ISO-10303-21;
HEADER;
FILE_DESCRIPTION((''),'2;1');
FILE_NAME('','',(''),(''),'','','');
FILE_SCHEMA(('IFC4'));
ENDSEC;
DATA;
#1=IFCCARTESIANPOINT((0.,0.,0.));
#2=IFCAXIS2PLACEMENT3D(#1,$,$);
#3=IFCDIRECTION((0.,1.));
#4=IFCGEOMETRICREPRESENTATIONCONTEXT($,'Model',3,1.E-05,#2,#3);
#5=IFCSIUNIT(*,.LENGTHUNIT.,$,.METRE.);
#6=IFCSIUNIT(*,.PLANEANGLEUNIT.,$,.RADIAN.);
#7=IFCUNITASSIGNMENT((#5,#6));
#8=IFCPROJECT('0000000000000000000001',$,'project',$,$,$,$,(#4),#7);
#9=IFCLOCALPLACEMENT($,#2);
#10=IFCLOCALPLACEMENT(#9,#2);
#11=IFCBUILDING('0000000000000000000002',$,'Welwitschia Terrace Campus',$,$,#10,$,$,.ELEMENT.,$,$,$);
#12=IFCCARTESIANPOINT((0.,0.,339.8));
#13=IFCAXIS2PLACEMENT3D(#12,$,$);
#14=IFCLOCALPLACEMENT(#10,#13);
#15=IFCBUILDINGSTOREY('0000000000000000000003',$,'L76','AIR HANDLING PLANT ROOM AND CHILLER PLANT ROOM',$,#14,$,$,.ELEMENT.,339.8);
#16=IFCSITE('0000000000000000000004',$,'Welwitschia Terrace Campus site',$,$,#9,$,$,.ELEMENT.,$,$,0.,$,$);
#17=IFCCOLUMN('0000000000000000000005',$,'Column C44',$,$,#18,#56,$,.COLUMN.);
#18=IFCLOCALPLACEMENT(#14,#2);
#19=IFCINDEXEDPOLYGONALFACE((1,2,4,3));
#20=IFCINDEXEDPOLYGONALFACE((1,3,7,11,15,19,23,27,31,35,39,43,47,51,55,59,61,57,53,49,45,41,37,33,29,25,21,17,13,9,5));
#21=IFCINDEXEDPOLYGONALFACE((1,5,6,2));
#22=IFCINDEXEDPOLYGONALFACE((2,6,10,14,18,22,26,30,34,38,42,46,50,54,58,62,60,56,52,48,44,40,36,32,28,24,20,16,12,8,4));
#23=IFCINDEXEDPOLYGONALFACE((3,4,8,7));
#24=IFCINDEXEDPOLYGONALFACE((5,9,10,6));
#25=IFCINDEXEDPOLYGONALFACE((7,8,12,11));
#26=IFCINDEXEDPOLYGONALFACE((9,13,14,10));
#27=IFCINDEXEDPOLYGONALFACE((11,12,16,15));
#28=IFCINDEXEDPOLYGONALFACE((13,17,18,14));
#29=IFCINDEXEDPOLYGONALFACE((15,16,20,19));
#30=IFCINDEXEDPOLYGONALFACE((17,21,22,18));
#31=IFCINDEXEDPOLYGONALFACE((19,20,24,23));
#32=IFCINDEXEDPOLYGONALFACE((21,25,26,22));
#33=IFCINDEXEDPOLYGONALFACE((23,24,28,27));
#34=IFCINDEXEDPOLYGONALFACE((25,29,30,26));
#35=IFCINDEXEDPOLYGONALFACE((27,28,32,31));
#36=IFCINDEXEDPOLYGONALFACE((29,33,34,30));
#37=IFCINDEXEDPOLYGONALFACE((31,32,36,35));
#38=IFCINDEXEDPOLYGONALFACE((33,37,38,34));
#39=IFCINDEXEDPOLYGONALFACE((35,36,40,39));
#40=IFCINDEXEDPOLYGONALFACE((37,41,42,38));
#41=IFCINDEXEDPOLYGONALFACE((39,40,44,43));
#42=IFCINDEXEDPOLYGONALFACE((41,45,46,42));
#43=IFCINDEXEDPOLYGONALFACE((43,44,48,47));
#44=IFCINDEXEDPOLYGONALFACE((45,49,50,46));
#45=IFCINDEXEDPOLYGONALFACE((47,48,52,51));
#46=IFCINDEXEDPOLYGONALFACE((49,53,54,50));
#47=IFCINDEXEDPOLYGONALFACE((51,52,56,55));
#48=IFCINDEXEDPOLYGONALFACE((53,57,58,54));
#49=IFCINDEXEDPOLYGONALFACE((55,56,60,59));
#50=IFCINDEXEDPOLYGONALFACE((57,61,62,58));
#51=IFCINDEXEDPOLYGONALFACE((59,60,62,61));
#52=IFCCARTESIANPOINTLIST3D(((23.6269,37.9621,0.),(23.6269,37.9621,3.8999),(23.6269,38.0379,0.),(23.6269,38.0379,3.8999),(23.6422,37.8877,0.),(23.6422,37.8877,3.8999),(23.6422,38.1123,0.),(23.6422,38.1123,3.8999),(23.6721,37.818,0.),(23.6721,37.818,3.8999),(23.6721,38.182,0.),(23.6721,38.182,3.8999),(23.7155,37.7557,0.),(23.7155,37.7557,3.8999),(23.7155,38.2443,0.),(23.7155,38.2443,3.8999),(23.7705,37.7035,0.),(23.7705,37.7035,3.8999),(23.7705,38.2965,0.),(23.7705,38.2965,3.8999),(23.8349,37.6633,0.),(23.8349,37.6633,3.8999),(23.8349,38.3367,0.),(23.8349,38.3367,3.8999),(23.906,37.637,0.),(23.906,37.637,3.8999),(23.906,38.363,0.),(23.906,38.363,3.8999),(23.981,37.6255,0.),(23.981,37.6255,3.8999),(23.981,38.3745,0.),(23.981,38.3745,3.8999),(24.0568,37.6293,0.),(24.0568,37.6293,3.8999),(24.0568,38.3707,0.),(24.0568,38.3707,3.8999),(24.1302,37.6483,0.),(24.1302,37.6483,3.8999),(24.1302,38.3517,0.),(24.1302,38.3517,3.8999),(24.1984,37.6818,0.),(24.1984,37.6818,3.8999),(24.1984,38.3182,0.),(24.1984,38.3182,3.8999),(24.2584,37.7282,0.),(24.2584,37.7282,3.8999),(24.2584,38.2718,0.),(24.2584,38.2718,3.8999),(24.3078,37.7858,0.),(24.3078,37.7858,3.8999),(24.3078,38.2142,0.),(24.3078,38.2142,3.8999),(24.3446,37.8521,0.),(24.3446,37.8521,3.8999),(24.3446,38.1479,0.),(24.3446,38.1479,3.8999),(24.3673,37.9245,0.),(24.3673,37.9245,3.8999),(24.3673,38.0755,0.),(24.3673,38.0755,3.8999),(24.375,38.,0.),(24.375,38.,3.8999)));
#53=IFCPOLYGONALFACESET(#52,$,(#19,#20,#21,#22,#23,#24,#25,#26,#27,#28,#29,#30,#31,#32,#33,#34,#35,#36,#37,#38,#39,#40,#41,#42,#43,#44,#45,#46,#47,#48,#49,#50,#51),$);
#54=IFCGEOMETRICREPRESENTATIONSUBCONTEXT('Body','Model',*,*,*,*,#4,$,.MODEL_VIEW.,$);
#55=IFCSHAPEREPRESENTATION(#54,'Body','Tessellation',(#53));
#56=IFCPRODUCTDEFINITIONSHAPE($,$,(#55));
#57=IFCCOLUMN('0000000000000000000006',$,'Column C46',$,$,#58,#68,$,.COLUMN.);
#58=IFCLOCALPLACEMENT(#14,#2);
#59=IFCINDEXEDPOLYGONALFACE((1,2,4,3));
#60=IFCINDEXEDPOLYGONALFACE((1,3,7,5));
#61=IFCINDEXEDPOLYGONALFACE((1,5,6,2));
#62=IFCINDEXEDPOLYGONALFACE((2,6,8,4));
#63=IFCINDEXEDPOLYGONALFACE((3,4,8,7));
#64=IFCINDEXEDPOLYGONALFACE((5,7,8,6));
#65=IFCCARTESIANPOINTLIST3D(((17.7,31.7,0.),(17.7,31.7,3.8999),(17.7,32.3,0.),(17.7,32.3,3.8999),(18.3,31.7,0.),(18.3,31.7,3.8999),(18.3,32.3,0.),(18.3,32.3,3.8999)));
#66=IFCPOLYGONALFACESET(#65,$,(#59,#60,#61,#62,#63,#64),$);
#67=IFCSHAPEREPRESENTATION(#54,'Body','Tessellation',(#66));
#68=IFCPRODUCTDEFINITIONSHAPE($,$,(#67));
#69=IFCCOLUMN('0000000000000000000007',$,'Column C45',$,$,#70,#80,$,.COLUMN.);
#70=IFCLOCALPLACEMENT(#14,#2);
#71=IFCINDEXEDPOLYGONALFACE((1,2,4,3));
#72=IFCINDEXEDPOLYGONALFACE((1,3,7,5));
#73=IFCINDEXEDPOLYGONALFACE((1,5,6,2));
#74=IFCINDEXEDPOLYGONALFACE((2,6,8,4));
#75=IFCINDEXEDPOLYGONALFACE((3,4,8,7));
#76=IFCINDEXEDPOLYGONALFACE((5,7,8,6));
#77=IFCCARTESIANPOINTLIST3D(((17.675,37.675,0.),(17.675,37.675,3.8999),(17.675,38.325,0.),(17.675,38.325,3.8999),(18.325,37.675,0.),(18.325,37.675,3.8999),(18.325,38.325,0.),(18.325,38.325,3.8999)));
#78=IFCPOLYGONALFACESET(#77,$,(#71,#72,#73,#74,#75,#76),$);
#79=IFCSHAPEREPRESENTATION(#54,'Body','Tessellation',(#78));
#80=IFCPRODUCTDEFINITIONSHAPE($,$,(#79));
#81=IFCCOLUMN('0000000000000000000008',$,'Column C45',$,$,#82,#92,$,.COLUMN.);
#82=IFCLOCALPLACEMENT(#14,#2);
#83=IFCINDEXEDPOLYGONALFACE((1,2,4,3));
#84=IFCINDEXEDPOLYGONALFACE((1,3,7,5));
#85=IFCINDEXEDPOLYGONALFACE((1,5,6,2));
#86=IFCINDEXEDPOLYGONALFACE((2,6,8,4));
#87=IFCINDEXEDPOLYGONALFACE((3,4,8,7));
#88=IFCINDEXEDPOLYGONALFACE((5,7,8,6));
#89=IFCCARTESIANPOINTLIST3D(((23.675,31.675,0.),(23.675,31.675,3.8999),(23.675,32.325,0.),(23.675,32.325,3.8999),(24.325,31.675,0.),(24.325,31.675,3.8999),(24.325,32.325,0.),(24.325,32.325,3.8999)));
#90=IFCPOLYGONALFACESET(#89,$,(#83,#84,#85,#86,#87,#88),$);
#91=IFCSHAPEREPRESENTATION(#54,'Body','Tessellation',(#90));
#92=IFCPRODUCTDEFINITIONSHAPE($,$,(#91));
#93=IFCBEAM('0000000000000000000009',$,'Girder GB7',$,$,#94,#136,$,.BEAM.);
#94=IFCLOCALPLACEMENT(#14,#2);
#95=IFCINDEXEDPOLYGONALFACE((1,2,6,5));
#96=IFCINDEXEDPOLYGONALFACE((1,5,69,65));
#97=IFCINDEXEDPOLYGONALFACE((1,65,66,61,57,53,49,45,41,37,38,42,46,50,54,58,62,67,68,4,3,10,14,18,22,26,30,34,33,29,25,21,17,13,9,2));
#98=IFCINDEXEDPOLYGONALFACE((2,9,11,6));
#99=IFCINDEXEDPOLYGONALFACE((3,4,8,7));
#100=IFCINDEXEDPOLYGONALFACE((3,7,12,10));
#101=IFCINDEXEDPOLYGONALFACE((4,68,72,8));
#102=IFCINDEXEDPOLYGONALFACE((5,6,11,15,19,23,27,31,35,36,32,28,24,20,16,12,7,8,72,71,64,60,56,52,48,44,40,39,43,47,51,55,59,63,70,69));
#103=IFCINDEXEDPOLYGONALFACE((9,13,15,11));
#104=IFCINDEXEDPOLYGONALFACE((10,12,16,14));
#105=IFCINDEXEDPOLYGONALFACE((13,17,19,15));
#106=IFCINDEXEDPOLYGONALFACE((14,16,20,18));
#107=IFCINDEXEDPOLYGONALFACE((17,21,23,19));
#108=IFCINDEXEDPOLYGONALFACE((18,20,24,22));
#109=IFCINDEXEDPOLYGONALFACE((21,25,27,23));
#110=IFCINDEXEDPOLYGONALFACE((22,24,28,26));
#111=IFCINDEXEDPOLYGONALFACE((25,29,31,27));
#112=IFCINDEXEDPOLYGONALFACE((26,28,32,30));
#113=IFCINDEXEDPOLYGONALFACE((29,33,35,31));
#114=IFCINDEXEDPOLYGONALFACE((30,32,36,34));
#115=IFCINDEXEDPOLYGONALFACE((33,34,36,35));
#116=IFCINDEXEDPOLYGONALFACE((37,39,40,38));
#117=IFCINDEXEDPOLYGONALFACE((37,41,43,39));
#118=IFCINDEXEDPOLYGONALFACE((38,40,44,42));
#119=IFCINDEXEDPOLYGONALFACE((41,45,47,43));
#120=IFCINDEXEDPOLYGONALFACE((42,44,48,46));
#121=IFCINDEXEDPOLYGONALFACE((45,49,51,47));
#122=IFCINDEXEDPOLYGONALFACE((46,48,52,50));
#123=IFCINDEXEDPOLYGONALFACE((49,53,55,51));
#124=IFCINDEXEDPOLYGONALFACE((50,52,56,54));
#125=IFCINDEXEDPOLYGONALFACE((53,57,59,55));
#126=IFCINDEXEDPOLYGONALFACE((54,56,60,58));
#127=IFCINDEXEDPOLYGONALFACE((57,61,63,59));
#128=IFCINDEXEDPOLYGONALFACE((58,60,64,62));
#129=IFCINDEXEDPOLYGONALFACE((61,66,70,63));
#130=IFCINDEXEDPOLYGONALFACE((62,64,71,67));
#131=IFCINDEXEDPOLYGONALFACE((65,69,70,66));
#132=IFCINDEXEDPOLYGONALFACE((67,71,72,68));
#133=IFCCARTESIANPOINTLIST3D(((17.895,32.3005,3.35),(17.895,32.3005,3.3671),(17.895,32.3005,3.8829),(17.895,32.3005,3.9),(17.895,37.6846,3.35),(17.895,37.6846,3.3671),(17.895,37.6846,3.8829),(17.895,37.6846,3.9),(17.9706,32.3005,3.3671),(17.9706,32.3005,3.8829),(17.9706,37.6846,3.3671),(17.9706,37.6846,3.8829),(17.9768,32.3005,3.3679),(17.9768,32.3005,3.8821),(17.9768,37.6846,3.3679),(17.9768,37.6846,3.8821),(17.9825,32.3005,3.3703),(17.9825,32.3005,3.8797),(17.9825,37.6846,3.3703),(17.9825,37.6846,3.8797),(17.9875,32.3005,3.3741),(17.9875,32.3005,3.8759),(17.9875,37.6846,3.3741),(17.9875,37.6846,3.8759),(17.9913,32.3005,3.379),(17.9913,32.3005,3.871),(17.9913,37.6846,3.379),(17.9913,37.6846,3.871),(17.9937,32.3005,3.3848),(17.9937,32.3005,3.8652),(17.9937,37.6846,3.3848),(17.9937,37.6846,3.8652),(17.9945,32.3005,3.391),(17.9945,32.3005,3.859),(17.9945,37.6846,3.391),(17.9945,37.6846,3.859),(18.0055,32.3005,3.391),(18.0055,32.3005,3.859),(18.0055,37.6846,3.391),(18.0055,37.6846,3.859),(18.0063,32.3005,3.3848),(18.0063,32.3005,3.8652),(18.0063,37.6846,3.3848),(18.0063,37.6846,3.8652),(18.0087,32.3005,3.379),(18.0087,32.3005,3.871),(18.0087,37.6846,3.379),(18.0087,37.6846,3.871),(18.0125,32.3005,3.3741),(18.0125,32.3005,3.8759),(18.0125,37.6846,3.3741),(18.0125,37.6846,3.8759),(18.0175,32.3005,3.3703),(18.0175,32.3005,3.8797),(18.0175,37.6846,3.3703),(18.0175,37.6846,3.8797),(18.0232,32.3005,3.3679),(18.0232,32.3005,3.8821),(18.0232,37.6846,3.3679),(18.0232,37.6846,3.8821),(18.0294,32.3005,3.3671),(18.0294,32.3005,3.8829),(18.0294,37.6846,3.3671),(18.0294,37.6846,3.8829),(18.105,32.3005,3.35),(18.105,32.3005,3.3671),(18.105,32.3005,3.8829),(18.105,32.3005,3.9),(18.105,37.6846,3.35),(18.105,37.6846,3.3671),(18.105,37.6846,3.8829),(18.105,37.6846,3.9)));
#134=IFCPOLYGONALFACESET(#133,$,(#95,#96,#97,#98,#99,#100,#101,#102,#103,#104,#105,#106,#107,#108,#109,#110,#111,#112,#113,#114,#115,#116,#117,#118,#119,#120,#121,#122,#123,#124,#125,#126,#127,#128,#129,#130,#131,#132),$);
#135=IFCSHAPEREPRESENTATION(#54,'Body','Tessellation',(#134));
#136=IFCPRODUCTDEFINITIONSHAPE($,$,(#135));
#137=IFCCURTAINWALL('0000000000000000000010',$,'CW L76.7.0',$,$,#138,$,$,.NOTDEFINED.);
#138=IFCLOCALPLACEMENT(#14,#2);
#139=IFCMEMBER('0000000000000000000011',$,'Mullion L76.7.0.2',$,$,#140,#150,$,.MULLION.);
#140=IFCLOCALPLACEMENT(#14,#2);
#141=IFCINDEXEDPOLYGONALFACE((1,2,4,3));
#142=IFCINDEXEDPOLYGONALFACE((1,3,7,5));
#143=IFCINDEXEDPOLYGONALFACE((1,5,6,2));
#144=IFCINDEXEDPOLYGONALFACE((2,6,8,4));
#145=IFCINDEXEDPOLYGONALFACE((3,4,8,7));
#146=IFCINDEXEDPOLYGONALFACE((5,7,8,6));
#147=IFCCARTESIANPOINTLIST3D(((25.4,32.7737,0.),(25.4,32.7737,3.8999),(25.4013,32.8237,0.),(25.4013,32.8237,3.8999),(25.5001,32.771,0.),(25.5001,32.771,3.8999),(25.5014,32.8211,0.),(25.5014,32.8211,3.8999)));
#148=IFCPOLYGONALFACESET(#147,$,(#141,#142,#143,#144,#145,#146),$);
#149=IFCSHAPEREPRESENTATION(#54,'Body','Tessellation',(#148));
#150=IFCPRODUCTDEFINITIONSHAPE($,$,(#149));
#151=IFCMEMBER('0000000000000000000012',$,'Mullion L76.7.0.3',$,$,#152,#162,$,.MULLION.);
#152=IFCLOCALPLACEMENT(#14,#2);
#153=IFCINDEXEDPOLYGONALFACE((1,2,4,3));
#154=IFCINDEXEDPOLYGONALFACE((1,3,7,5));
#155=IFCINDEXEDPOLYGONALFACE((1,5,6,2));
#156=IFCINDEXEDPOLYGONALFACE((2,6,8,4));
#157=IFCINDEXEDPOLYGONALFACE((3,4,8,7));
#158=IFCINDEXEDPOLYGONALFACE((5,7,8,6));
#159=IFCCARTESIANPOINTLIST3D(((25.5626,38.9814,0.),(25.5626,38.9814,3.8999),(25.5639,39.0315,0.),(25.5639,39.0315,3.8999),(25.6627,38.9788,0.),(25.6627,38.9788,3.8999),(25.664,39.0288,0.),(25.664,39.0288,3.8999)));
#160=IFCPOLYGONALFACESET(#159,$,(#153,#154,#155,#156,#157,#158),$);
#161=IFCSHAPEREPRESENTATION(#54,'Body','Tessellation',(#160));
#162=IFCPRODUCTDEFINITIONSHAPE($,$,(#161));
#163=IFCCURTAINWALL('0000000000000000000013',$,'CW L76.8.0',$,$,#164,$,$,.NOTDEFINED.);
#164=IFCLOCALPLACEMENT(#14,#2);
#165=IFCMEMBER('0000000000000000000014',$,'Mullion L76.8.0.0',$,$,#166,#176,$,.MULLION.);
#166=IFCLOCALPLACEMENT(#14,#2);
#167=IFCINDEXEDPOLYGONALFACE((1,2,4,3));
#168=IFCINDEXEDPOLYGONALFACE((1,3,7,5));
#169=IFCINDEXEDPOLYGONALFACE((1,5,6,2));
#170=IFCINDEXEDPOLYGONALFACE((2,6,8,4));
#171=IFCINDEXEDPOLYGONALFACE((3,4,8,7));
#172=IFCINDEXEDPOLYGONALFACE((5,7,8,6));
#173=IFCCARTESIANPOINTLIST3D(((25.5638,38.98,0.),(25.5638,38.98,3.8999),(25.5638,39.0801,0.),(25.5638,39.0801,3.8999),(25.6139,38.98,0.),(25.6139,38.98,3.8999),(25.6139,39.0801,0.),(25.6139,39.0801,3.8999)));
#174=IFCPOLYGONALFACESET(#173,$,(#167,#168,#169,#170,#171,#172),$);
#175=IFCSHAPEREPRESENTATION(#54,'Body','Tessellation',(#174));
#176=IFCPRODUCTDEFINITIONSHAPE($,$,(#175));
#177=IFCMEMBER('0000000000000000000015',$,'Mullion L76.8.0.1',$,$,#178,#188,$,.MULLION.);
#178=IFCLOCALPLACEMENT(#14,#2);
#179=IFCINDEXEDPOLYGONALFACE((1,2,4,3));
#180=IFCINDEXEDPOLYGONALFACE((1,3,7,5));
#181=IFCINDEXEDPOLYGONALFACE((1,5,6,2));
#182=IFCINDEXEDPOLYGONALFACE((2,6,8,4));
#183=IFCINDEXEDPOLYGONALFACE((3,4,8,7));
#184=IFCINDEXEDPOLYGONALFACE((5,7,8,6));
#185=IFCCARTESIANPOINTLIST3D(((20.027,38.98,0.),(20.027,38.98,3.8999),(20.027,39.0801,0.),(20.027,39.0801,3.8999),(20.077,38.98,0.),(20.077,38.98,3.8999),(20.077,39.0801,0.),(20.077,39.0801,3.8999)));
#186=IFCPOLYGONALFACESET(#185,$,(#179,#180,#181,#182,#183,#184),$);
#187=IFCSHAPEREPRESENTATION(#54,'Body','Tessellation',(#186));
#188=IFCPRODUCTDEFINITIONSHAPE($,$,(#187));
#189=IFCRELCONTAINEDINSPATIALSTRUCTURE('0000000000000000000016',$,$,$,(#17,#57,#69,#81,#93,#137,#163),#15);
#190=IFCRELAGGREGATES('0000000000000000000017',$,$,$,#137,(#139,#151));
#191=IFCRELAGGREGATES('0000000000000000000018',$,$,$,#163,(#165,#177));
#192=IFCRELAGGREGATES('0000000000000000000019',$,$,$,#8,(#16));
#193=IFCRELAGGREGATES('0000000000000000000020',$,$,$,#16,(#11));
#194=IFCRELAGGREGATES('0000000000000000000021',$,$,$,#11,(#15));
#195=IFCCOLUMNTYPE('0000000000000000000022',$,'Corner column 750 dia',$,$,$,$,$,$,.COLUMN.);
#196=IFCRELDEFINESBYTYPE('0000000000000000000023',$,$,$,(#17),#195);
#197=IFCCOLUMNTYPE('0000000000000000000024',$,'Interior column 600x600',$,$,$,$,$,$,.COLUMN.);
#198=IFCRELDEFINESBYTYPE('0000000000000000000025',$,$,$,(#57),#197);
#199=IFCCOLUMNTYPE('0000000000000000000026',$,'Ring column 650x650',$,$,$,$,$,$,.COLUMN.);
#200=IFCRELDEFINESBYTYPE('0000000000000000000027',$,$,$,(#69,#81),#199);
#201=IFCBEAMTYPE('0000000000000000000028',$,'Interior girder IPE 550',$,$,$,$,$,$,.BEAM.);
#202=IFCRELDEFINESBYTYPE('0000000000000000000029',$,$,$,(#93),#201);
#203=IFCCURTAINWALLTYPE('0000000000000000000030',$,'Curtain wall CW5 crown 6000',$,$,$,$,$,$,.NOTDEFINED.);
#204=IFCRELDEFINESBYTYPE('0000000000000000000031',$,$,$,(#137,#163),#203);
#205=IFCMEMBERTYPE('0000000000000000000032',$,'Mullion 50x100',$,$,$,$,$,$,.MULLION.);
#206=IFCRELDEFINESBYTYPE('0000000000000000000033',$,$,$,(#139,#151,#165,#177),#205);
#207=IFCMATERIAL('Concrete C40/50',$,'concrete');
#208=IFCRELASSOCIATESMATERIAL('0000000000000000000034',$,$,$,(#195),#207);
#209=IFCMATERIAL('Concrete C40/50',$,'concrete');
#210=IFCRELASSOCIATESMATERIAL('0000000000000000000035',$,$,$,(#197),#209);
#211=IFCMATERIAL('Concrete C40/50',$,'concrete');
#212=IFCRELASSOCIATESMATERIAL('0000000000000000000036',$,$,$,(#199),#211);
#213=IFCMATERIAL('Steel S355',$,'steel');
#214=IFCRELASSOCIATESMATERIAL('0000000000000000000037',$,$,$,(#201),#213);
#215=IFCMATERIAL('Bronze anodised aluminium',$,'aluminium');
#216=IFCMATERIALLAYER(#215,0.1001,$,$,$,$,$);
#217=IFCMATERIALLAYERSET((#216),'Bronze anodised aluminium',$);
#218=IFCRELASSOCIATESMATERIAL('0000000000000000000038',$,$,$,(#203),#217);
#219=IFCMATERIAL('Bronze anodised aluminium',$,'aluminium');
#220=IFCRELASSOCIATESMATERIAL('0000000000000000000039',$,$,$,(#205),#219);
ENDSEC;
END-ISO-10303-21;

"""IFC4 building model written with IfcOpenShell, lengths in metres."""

from ifc_helpers import new_model, si_unit, direction, frame, origin, origin_2d, place, context, subcontext, project, spatial, rectangle, circle, i_section, extrude, material, layer, layer_set, material_profile, profile_set, type_object, element, aggregate, save


model = new_model("IFC4")

# Units and contexts
model_context = context("Model", 3, precision=1e-05, world=origin(), true_north=direction((0.0, 1.0)))
body_context = subcontext(model_context, "Body", "Model", "MODEL_VIEW")
ifc_project = project(units=[si_unit("LENGTHUNIT", "METRE"), si_unit("PLANEANGLEUNIT", "RADIAN")], contexts=[model_context])

# Site, building, storey
site_placement = place(None, origin())
site = spatial("IfcSite", under=ifc_project, at=site_placement, Name="Welwitschia Terrace Campus site", CompositionType="ELEMENT", RefElevation=0.0)
building_placement = place(site_placement, origin())
building = spatial("IfcBuilding", under=site, at=building_placement, Name="Welwitschia Terrace Campus", CompositionType="ELEMENT")
storey_placement = place(building_placement, frame((0.0, 0.0, 339.8)))
storey = spatial("IfcBuildingStorey", under=building, at=storey_placement, Name="L76", Description="AIR HANDLING PLANT ROOM AND CHILLER PLANT ROOM", CompositionType="ELEMENT", Elevation=339.8)

# Columns
ifc_material_1 = material(Name="Concrete C40/50", Category="concrete")
ifc_material_profile_1 = material_profile(ifc_material_1, circle(Radius=0.375, at=origin_2d()))
ifc_profile_set_1 = profile_set([ifc_material_profile_1], Name="Concrete C40/50")
column_type_1 = type_object("IfcColumnType", Name="Corner column 750 dia", PredefinedType="COLUMN", material=ifc_profile_set_1)
column_1_placement = place(storey_placement, frame((24.0, 38.0, 0.0), z_axis=(0.0, 0.0, 1.0), x_axis=(1.0, 0.0, 0.0)))
element("IfcColumn", 1, at=column_1_placement, inside=storey, type_object=column_type_1, Name="Column C44", PredefinedType="COLUMN", context=body_context, shape_type="SweptSolid", body=[
    extrude(circle(Radius=0.375, at=origin_2d()), origin(), (0.0, 0.0, 1.0), 3.8999),
])
ifc_material_2 = material(Name="Concrete C40/50", Category="concrete")
ifc_material_profile_2 = material_profile(ifc_material_2, rectangle(XDim=0.6001, YDim=0.6001, at=origin_2d()))
ifc_profile_set_2 = profile_set([ifc_material_profile_2], Name="Concrete C40/50")
column_type_2 = type_object("IfcColumnType", Name="Interior column 600x600", PredefinedType="COLUMN", material=ifc_profile_set_2)
column_2_placement = place(storey_placement, frame((18.0, 32.0, 0.0), z_axis=(0.0, 0.0, 1.0), x_axis=(1.0, 0.0, 0.0)))
element("IfcColumn", 2, at=column_2_placement, inside=storey, type_object=column_type_2, Name="Column C46", PredefinedType="COLUMN", context=body_context, shape_type="SweptSolid", body=[
    extrude(rectangle(XDim=0.6001, YDim=0.6001, at=origin_2d()), origin(), (0.0, 0.0, 1.0), 3.8999),
])
ifc_material_3 = material(Name="Concrete C40/50", Category="concrete")
ifc_material_profile_3 = material_profile(ifc_material_3, rectangle(XDim=0.6499, YDim=0.6499, at=origin_2d()))
ifc_profile_set_3 = profile_set([ifc_material_profile_3], Name="Concrete C40/50")
column_type_3 = type_object("IfcColumnType", Name="Ring column 650x650", PredefinedType="COLUMN", material=ifc_profile_set_3)
for number, where, z_axis, x_axis, name in (
    (3, (18.0, 38.0, 0.0), (0.0, 0.0, 1.0), (1.0, 0.0, 0.0), "Column C45"),
    (4, (24.0, 32.0, 0.0), (0.0, 0.0, 1.0), (1.0, 0.0, 0.0), "Column C45"),
):
    element("IfcColumn", number, at=place(storey_placement, frame(where, z_axis=z_axis, x_axis=x_axis)), inside=storey, type_object=column_type_3, Name=name, PredefinedType="COLUMN", context=body_context, shape_type="SweptSolid", body=[
        extrude(rectangle(XDim=0.6499, YDim=0.6499, at=origin_2d()), origin(), (0.0, 0.0, 1.0), 3.8999),
    ])

# Beam
ifc_material_4 = material(Name="Steel S355", Category="steel")
ifc_material_profile_4 = material_profile(ifc_material_4, i_section(OverallWidth=0.21, OverallDepth=0.55, WebThickness=0.011, FlangeThickness=0.0171, FilletRadius=0.0239, at=origin_2d()))
ifc_profile_set_4 = profile_set([ifc_material_profile_4], Name="Steel S355")
beam_type_1 = type_object("IfcBeamType", Name="Interior girder IPE 550", PredefinedType="BEAM", material=ifc_profile_set_4)
beam_1_placement = place(storey_placement, frame((18.0, 32.3005, 3.625), z_axis=(0.0, 1.0, 0.0), x_axis=(-1.0, 0.0, 0.0)))
element("IfcBeam", 5, at=beam_1_placement, inside=storey, type_object=beam_type_1, Name="Girder GB7", PredefinedType="BEAM", context=body_context, shape_type="SweptSolid", body=[
    extrude(i_section(OverallWidth=0.21, OverallDepth=0.55, WebThickness=0.011, FlangeThickness=0.0171, FilletRadius=0.0239, at=origin_2d()), origin(), (0.0, 0.0, 1.0), 5.384),
])

# Curtain walls, members
ifc_material_5 = material(Name="Bronze anodised aluminium", Category="aluminium")
ifc_layer_1 = layer(ifc_material_5, 0.1001)
ifc_layer_set_1 = layer_set([ifc_layer_1], Name="Bronze anodised aluminium")
curtain_wall_type = type_object("IfcCurtainWallType", Name="Curtain wall CW5 crown 6000", PredefinedType="NOTDEFINED", material=ifc_layer_set_1)
curtain_wall_1_placement = place(storey_placement, origin())
curtain_wall_1 = element("IfcCurtainWall", 6, at=curtain_wall_1_placement, inside=storey, type_object=curtain_wall_type, Name="CW L76.7.0", PredefinedType="NOTDEFINED")
ifc_material_6 = material(Name="Bronze anodised aluminium", Category="aluminium")
ifc_material_profile_5 = material_profile(ifc_material_6, rectangle(XDim=0.1001, YDim=0.05, at=origin_2d()))
ifc_profile_set_5 = profile_set([ifc_material_profile_5], Name="Bronze anodised aluminium")
member_type_1 = type_object("IfcMemberType", Name="Mullion 50x100", PredefinedType="MULLION", material=ifc_profile_set_5)
member_1_placement = place(storey_placement, frame((25.4507, 32.7974, 0.0), z_axis=(0.0, 0.0, 1.0), x_axis=(-0.999657, 0.026177, 0.0)))
member_1 = element("IfcMember", 7, at=member_1_placement, type_object=member_type_1, Name="Mullion L76.7.0.2", PredefinedType="MULLION", context=body_context, shape_type="SweptSolid", body=[
    extrude(rectangle(XDim=0.1001, YDim=0.05, at=origin_2d()), origin(), (0.0, 0.0, 1.0), 3.8999),
])
member_2_placement = place(storey_placement, frame((25.6133, 39.0051, 0.0), z_axis=(0.0, 0.0, 1.0), x_axis=(-0.999657, 0.026177, 0.0)))
member_2 = element("IfcMember", 8, at=member_2_placement, type_object=member_type_1, Name="Mullion L76.7.0.3", PredefinedType="MULLION", context=body_context, shape_type="SweptSolid", body=[
    extrude(rectangle(XDim=0.1001, YDim=0.05, at=origin_2d()), origin(), (0.0, 0.0, 1.0), 3.8999),
])
curtain_wall_2_placement = place(storey_placement, origin())
curtain_wall_2 = element("IfcCurtainWall", 9, at=curtain_wall_2_placement, inside=storey, type_object=curtain_wall_type, Name="CW L76.8.0", PredefinedType="NOTDEFINED")
member_3_placement = place(storey_placement, frame((25.5889, 39.03, 0.0), z_axis=(0.0, 0.0, 1.0), x_axis=(0.0, -1.0, 0.0)))
member_3 = element("IfcMember", 10, at=member_3_placement, type_object=member_type_1, Name="Mullion L76.8.0.0", PredefinedType="MULLION", context=body_context, shape_type="SweptSolid", body=[
    extrude(rectangle(XDim=0.1001, YDim=0.05, at=origin_2d()), origin(), (0.0, 0.0, 1.0), 3.8999),
])
member_4_placement = place(storey_placement, frame((20.052, 39.03, 0.0), z_axis=(0.0, 0.0, 1.0), x_axis=(0.0, -1.0, 0.0)))
member_4 = element("IfcMember", 11, at=member_4_placement, type_object=member_type_1, Name="Mullion L76.8.0.1", PredefinedType="MULLION", context=body_context, shape_type="SweptSolid", body=[
    extrude(rectangle(XDim=0.1001, YDim=0.05, at=origin_2d()), origin(), (0.0, 0.0, 1.0), 3.8999),
])

aggregate(curtain_wall_1, [member_1, member_2])
aggregate(curtain_wall_2, [member_3, member_4])

save(model, "model.ifc")
